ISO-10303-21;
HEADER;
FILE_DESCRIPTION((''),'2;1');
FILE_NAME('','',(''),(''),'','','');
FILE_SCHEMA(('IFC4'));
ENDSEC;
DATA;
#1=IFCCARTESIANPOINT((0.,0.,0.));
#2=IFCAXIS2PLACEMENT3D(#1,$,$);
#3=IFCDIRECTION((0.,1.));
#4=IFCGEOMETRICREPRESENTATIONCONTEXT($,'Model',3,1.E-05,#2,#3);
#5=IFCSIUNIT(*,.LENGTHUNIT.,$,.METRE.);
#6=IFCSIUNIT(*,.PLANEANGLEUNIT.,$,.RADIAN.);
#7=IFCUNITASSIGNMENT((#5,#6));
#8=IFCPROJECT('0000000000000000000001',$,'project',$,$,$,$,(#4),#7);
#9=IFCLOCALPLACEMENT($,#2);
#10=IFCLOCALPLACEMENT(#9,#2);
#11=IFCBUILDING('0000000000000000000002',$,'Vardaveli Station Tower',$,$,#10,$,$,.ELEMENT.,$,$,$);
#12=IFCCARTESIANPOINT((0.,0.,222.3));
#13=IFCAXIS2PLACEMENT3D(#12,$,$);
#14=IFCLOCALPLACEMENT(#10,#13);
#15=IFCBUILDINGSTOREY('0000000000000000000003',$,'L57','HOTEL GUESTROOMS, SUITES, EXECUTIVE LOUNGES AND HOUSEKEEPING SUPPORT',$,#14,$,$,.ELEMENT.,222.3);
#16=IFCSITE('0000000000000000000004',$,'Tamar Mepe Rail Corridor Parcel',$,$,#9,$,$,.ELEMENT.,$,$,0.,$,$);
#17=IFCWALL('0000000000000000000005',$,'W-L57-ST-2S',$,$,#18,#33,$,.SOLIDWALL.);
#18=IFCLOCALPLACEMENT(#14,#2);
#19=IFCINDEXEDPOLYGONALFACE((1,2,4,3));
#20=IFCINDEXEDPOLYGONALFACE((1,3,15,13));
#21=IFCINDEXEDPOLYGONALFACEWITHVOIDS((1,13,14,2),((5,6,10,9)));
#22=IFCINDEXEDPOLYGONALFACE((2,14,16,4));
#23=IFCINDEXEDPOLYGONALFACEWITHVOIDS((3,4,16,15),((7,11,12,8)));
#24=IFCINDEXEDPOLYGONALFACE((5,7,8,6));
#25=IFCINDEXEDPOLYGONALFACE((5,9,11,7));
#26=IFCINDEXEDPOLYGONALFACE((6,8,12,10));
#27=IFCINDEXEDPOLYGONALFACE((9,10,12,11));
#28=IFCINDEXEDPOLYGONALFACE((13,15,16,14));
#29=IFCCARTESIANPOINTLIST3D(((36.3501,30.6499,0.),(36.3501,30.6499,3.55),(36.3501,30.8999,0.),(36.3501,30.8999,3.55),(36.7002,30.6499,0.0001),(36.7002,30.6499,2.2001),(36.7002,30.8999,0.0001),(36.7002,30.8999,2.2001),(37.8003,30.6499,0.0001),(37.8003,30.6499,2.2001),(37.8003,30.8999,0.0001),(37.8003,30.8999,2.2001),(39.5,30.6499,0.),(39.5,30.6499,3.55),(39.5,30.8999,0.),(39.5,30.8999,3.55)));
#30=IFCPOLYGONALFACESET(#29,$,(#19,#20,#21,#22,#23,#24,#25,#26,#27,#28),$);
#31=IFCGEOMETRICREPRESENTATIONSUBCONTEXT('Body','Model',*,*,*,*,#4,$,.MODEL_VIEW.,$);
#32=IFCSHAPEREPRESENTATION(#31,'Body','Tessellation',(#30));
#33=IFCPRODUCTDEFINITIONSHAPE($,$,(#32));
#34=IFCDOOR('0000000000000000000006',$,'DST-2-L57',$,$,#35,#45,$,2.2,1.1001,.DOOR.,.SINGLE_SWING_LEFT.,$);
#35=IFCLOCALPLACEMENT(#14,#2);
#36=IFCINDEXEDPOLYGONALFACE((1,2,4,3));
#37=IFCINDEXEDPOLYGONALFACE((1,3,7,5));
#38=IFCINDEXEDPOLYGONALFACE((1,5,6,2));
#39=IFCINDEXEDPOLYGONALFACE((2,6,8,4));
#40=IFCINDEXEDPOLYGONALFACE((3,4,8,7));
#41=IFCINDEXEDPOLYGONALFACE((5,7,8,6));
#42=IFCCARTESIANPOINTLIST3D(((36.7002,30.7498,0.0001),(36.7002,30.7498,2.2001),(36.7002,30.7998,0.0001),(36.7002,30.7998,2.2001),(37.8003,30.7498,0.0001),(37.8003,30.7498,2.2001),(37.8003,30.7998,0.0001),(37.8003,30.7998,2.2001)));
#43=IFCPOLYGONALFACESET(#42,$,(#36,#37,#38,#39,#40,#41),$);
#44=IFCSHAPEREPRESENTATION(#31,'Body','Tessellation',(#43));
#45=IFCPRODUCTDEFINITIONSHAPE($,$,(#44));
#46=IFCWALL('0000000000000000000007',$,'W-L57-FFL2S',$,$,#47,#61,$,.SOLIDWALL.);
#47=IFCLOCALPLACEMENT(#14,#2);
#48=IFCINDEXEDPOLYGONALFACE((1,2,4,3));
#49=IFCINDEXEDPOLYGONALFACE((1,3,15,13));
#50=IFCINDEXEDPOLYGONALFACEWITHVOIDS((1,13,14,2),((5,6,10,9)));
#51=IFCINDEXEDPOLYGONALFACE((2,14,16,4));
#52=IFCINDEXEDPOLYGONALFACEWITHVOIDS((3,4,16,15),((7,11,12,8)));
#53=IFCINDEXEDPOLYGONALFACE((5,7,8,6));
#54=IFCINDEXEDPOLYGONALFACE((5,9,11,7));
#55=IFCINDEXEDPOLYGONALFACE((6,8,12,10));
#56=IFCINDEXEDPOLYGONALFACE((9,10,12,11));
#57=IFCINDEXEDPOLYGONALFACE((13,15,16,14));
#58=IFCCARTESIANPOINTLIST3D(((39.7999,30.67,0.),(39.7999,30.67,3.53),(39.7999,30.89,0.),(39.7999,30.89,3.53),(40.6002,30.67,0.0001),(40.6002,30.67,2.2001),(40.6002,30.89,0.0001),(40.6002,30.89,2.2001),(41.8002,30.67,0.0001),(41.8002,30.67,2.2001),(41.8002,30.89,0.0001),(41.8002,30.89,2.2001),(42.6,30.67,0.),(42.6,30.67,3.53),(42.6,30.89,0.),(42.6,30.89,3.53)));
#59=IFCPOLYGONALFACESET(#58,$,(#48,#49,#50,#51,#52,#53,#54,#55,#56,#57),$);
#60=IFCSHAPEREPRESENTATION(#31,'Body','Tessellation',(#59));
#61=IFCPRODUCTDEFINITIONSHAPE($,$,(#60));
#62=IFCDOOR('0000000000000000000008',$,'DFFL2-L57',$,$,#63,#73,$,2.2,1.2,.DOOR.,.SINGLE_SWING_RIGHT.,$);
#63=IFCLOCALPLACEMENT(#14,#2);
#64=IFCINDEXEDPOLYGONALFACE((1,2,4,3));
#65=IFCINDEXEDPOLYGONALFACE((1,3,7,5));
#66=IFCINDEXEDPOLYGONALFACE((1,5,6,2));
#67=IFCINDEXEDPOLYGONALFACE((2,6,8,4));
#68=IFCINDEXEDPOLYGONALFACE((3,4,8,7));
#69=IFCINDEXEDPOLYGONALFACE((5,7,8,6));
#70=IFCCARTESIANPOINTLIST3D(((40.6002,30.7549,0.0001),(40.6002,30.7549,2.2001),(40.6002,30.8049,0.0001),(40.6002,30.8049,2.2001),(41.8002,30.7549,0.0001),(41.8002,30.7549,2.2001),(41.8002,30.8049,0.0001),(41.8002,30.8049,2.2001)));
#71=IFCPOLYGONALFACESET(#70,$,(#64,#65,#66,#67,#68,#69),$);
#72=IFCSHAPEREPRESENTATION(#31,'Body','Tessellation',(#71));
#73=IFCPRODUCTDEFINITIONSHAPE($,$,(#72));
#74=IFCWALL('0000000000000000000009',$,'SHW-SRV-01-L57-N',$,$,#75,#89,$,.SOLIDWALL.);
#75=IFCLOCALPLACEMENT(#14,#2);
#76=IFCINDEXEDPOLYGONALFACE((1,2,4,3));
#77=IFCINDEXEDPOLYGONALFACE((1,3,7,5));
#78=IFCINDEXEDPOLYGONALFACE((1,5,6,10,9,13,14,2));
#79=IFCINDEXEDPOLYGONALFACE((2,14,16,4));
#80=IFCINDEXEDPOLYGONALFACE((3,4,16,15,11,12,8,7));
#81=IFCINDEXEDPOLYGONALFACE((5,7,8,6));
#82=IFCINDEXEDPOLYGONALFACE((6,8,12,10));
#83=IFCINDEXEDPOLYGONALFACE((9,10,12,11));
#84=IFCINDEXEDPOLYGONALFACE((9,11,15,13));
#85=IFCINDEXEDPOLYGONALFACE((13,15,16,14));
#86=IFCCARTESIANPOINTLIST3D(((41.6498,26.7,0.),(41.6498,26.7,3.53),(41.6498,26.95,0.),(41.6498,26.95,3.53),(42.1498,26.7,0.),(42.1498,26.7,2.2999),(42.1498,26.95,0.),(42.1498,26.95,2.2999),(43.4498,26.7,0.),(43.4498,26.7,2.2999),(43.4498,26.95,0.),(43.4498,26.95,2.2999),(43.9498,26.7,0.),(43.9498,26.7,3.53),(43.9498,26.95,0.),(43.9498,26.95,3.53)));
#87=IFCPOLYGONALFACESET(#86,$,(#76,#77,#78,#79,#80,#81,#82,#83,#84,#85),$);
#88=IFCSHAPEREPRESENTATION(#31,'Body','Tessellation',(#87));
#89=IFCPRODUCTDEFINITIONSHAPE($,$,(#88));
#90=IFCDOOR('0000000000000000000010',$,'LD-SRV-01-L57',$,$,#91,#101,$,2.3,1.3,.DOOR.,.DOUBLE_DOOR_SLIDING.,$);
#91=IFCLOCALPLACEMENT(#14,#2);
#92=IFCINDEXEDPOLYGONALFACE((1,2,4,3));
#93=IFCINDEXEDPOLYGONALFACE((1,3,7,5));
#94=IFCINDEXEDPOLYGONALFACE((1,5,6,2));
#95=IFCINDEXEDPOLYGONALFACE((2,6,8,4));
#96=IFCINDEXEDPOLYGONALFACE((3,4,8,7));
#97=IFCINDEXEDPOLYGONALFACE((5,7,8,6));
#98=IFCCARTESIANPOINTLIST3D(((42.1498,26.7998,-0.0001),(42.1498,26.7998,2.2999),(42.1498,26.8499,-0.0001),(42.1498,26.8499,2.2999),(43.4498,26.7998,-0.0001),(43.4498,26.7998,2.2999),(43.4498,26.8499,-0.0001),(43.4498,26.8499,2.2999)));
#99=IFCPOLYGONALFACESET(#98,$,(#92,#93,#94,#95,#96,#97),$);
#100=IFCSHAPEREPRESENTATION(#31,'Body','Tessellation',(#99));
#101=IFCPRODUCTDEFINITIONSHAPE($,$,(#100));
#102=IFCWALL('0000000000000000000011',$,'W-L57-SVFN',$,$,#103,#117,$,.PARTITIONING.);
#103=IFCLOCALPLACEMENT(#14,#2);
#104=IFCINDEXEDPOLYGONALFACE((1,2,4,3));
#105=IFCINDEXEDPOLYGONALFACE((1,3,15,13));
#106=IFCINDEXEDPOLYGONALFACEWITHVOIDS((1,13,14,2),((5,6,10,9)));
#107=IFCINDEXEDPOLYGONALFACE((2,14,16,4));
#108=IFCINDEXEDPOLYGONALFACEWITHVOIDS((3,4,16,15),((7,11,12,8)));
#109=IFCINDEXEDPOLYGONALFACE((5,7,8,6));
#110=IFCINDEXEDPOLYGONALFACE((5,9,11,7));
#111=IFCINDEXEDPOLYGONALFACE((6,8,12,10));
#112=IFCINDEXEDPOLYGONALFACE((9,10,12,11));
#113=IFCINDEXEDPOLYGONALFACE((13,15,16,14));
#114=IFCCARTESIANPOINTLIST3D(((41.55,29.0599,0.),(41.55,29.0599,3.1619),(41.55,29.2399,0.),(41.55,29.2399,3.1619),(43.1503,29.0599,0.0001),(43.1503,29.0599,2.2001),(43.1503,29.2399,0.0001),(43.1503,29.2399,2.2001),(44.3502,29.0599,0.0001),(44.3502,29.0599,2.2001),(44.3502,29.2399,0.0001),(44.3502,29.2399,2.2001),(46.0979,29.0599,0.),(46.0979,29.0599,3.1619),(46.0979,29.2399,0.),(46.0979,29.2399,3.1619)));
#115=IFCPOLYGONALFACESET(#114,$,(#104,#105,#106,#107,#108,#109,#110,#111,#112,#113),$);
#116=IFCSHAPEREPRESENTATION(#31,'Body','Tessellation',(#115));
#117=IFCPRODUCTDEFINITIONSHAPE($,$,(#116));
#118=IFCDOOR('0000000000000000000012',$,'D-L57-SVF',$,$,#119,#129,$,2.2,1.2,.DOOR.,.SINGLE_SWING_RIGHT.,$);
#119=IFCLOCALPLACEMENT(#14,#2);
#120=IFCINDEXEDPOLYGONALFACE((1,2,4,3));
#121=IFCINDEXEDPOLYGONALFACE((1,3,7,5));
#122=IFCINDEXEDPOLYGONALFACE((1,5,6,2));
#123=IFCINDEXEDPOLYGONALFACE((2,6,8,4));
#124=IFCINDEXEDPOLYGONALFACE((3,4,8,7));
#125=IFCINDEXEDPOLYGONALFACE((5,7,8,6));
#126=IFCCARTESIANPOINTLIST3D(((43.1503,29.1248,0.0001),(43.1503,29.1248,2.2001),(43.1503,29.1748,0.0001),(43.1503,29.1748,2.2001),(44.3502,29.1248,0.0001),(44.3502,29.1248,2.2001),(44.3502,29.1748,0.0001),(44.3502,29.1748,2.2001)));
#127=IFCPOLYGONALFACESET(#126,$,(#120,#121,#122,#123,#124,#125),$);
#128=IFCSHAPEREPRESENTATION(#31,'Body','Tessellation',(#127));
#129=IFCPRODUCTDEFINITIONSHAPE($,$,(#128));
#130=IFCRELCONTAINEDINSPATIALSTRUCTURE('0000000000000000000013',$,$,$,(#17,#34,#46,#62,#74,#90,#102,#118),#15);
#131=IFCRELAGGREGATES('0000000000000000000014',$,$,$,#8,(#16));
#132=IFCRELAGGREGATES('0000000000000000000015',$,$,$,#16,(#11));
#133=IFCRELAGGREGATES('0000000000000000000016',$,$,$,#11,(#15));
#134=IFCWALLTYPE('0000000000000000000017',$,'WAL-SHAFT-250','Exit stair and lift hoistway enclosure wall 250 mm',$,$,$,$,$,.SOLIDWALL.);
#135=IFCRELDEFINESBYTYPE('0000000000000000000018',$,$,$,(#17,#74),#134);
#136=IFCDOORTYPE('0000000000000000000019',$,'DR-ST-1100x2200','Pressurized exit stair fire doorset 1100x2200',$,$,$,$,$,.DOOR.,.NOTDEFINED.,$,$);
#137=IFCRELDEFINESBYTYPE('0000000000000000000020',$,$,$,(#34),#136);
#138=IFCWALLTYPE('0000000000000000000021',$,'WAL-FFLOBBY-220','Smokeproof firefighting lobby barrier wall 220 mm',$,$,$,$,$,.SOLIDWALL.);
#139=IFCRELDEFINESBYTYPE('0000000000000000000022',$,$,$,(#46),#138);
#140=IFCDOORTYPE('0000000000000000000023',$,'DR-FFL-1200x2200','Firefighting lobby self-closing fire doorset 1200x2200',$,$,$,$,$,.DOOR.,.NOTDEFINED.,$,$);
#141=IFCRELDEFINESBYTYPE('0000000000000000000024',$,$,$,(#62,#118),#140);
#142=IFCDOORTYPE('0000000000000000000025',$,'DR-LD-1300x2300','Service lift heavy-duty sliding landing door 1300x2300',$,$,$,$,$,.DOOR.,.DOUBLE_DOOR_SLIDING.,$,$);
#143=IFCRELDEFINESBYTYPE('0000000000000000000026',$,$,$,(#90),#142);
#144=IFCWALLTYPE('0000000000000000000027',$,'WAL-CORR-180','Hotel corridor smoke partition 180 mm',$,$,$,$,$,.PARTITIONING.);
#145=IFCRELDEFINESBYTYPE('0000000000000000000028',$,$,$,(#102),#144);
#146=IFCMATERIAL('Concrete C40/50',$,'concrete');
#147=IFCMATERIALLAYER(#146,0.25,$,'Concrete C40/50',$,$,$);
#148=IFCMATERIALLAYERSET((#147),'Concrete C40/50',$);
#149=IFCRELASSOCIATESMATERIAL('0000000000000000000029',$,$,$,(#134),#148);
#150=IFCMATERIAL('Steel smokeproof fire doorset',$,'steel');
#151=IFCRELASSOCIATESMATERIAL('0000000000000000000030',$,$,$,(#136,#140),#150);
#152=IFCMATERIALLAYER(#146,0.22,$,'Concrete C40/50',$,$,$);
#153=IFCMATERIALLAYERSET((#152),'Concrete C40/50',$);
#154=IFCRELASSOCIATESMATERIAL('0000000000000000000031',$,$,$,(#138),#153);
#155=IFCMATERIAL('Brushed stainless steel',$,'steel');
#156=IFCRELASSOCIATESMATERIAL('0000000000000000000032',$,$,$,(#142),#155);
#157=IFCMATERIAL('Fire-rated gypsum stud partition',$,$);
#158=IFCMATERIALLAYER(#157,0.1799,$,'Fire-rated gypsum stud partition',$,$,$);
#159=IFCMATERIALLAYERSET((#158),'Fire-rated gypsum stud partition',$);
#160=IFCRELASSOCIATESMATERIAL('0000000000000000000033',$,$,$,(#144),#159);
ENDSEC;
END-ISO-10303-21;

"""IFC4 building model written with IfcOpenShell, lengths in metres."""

from ifc_helpers import new_model, si_unit, direction, frame, frame_2d, origin, place, context, subcontext, project, spatial, rectangle, extrude, source, transform, mapped, material, layer, layer_set, type_object, element, fill, save


model = new_model("IFC4")

# Units and contexts
model_context = context("Model", 3, precision=1e-05, world=origin(), true_north=direction((0.0, 1.0)))
body_context = subcontext(model_context, "Body", "Model", "MODEL_VIEW")
ifc_project = project(units=[si_unit("LENGTHUNIT", "METRE"), si_unit("PLANEANGLEUNIT", "RADIAN")], contexts=[model_context])

# Site, building, storey
site_placement = place(None, origin())
site = spatial("IfcSite", under=ifc_project, at=site_placement, Name="Tamar Mepe Rail Corridor Parcel", CompositionType="ELEMENT", RefElevation=0.0)
building_placement = place(site_placement, origin())
building = spatial("IfcBuilding", under=site, at=building_placement, Name="Vardaveli Station Tower", CompositionType="ELEMENT")
storey_placement = place(building_placement, frame((0.0, 0.0, 222.3)))
storey = spatial("IfcBuildingStorey", under=building, at=storey_placement, Name="L57", Description="HOTEL GUESTROOMS, SUITES, EXECUTIVE LOUNGES AND HOUSEKEEPING SUPPORT", CompositionType="ELEMENT", Elevation=222.3)

# Shared definitions
ifc_material_1 = material(Name="Concrete C40/50", Category="concrete")
ifc_layer_1 = layer(ifc_material_1, 0.25, Name="Concrete C40/50")
ifc_layer_set_1 = layer_set([ifc_layer_1], Name="Concrete C40/50")
wall_type_1 = type_object("IfcWallType", Name="WAL-SHAFT-250", Description="Exit stair and lift hoistway enclosure wall 250 mm", PredefinedType="SOLIDWALL", material=ifc_layer_set_1)

# Walls, openings, doors
shared_shape_1 = source(origin(), body_context, "Body", "SweptSolid", [
    extrude(rectangle(XDim=3.1499, YDim=0.25, at=frame_2d((1.575, 0.0))), origin(), (0.0, 0.0, 1.0), 3.55),
])
wall_1_placement = place(storey_placement, frame((36.3501, 30.7749, 0.0), z_axis=(0.0, 0.0, 1.0), x_axis=(1.0, 0.0, 0.0)))
wall_1 = element("IfcWall", 1, at=wall_1_placement, inside=storey, type_object=wall_type_1, Name="W-L57-ST-2S", PredefinedType="SOLIDWALL", context=body_context, shape_type="MappedRepresentation", body=[
    mapped(shared_shape_1, transform((0.0, 0.0, 0.0), scale=1.0)),
])
shared_shape_2 = source(origin(), body_context, "Body", "SweptSolid", [
    extrude(rectangle(XDim=1.1001, YDim=2.2, at=frame_2d((0.55, 1.1001))), frame((0.0, 0.135, 0.0), z_axis=(0.0, -1.0, 0.0), x_axis=(1.0, 0.0, 0.0)), (0.0, 0.0, 1.0), 0.27),
])
opening_1_placement = place(wall_1_placement, frame((0.3501, 0.0, 0.0)))
opening_1 = element("IfcOpeningElement", 2, at=opening_1_placement, cuts=wall_1, PredefinedType="OPENING", context=body_context, shape_type="MappedRepresentation", body=[
    mapped(shared_shape_2, transform((0.0, 0.0, 0.0), scale=1.0)),
])
ifc_material_2 = material(Name="Steel smokeproof fire doorset", Category="steel")
door_type_1 = type_object("IfcDoorType", Name="DR-ST-1100x2200", Description="Pressurized exit stair fire doorset 1100x2200", OperationType="NOTDEFINED", PredefinedType="DOOR", material=ifc_material_2)
shared_shape_3 = source(origin(), body_context, "Body", "SweptSolid", [
    extrude(rectangle(XDim=1.1001, YDim=2.2, at=frame_2d((0.55, 1.1001))), frame((0.0, 0.0249, 0.0), z_axis=(0.0, -1.0, 0.0), x_axis=(1.0, 0.0, 0.0)), (0.0, 0.0, 1.0), 0.05),
])
door_1_placement = place(opening_1_placement, origin())
door_1 = element("IfcDoor", 3, at=door_1_placement, inside=storey, type_object=door_type_1, Name="DST-2-L57", OperationType="SINGLE_SWING_LEFT", OverallHeight=2.2, OverallWidth=1.1001, PredefinedType="DOOR", context=body_context, shape_type="MappedRepresentation", body=[
    mapped(shared_shape_3, transform((0.0, 0.0, 0.0), scale=1.0)),
])
fill(opening_1, door_1)
ifc_layer_2 = layer(ifc_material_1, 0.22, Name="Concrete C40/50")
ifc_layer_set_2 = layer_set([ifc_layer_2], Name="Concrete C40/50")
wall_type_2 = type_object("IfcWallType", Name="WAL-FFLOBBY-220", Description="Smokeproof firefighting lobby barrier wall 220 mm", PredefinedType="SOLIDWALL", material=ifc_layer_set_2)
shared_shape_4 = source(origin(), body_context, "Body", "SweptSolid", [
    extrude(rectangle(XDim=2.8, YDim=0.22, at=frame_2d((1.3999, 0.0))), origin(), (0.0, 0.0, 1.0), 3.53),
])
wall_2_placement = place(storey_placement, frame((39.8, 30.78, 0.0), z_axis=(0.0, 0.0, 1.0), x_axis=(1.0, 0.0, 0.0)))
wall_2 = element("IfcWall", 4, at=wall_2_placement, inside=storey, type_object=wall_type_2, Name="W-L57-FFL2S", PredefinedType="SOLIDWALL", context=body_context, shape_type="MappedRepresentation", body=[
    mapped(shared_shape_4, transform((0.0, 0.0, 0.0), scale=1.0)),
])
shared_shape_5 = source(origin(), body_context, "Body", "SweptSolid", [
    extrude(rectangle(XDim=1.2, YDim=2.2, at=frame_2d((0.6001, 1.1001))), frame((0.0, 0.1201, 0.0), z_axis=(0.0, -1.0, 0.0), x_axis=(1.0, 0.0, 0.0)), (0.0, 0.0, 1.0), 0.24),
])
opening_2_placement = place(wall_2_placement, frame((0.8, 0.0, 0.0)))
opening_2 = element("IfcOpeningElement", 5, at=opening_2_placement, cuts=wall_2, PredefinedType="OPENING", context=body_context, shape_type="MappedRepresentation", body=[
    mapped(shared_shape_5, transform((0.0, 0.0, 0.0), scale=1.0)),
])
door_type_2 = type_object("IfcDoorType", Name="DR-FFL-1200x2200", Description="Firefighting lobby self-closing fire doorset 1200x2200", OperationType="NOTDEFINED", PredefinedType="DOOR", material=ifc_material_2)
shared_shape_6 = source(origin(), body_context, "Body", "SweptSolid", [
    extrude(rectangle(XDim=1.2, YDim=2.2, at=frame_2d((0.6001, 1.1001))), frame((0.0, 0.0249, 0.0), z_axis=(0.0, -1.0, 0.0), x_axis=(1.0, 0.0, 0.0)), (0.0, 0.0, 1.0), 0.05),
])
door_2_placement = place(opening_2_placement, origin())
door_2 = element("IfcDoor", 6, at=door_2_placement, inside=storey, type_object=door_type_2, Name="DFFL2-L57", OperationType="SINGLE_SWING_RIGHT", OverallHeight=2.2, OverallWidth=1.2, PredefinedType="DOOR", context=body_context, shape_type="MappedRepresentation", body=[
    mapped(shared_shape_6, transform((0.0, 0.0, 0.0), scale=1.0)),
])
fill(opening_2, door_2)
shared_shape_7 = source(origin(), body_context, "Body", "SweptSolid", [
    extrude(rectangle(XDim=2.3, YDim=0.25, at=frame_2d((1.1499, 0.0))), origin(), (0.0, 0.0, 1.0), 3.53),
])
wall_3_placement = place(storey_placement, frame((41.6499, 26.825, 0.0), z_axis=(0.0, 0.0, 1.0), x_axis=(1.0, 0.0, 0.0)))
wall_3 = element("IfcWall", 7, at=wall_3_placement, inside=storey, type_object=wall_type_1, Name="SHW-SRV-01-L57-N", PredefinedType="SOLIDWALL", context=body_context, shape_type="MappedRepresentation", body=[
    mapped(shared_shape_7, transform((0.0, 0.0, 0.0), scale=1.0)),
])
shared_shape_8 = source(origin(), body_context, "Body", "SweptSolid", [
    extrude(rectangle(XDim=1.3, YDim=2.3, at=frame_2d((0.6499, 1.1499))), frame((0.0, 0.135, 0.0), z_axis=(0.0, -1.0, 0.0), x_axis=(1.0, 0.0, 0.0)), (0.0, 0.0, 1.0), 0.27),
])
opening_3_placement = place(wall_3_placement, frame((0.5, 0.0, 0.0)))
opening_3 = element("IfcOpeningElement", 8, at=opening_3_placement, cuts=wall_3, PredefinedType="OPENING", context=body_context, shape_type="MappedRepresentation", body=[
    mapped(shared_shape_8, transform((0.0, 0.0, 0.0), scale=1.0)),
])
ifc_material_3 = material(Name="Brushed stainless steel", Category="steel")
door_type_3 = type_object("IfcDoorType", Name="DR-LD-1300x2300", Description="Service lift heavy-duty sliding landing door 1300x2300", OperationType="DOUBLE_DOOR_SLIDING", PredefinedType="DOOR", material=ifc_material_3)
shared_shape_9 = source(origin(), body_context, "Body", "SweptSolid", [
    extrude(rectangle(XDim=1.3, YDim=2.3, at=frame_2d((0.6499, 1.1499))), frame((0.0, 0.0249, 0.0), z_axis=(0.0, -1.0, 0.0), x_axis=(1.0, 0.0, 0.0)), (0.0, 0.0, 1.0), 0.05),
])
door_3_placement = place(opening_3_placement, origin())
door_3 = element("IfcDoor", 9, at=door_3_placement, inside=storey, type_object=door_type_3, Name="LD-SRV-01-L57", OperationType="DOUBLE_DOOR_SLIDING", OverallHeight=2.3, OverallWidth=1.3, PredefinedType="DOOR", context=body_context, shape_type="MappedRepresentation", body=[
    mapped(shared_shape_9, transform((0.0, 0.0, 0.0), scale=1.0)),
])
fill(opening_3, door_3)
ifc_material_4 = material(Name="Fire-rated gypsum stud partition")
ifc_layer_3 = layer(ifc_material_4, 0.1799, Name="Fire-rated gypsum stud partition")
ifc_layer_set_3 = layer_set([ifc_layer_3], Name="Fire-rated gypsum stud partition")
wall_type_3 = type_object("IfcWallType", Name="WAL-CORR-180", Description="Hotel corridor smoke partition 180 mm", PredefinedType="PARTITIONING", material=ifc_layer_set_3)
shared_shape_10 = source(origin(), body_context, "Body", "SweptSolid", [
    extrude(rectangle(XDim=4.5479, YDim=0.1799, at=frame_2d((2.2739, 0.0))), origin(), (0.0, 0.0, 1.0), 3.1619),
])
wall_4_placement = place(storey_placement, frame((41.55, 29.1499, 0.0), z_axis=(0.0, 0.0, 1.0), x_axis=(1.0, 0.0, 0.0)))
wall_4 = element("IfcWall", 10, at=wall_4_placement, inside=storey, type_object=wall_type_3, Name="W-L57-SVFN", PredefinedType="PARTITIONING", context=body_context, shape_type="MappedRepresentation", body=[
    mapped(shared_shape_10, transform((0.0, 0.0, 0.0), scale=1.0)),
])
shared_shape_11 = source(origin(), body_context, "Body", "SweptSolid", [
    extrude(rectangle(XDim=1.2, YDim=2.2, at=frame_2d((0.6001, 1.1001))), frame((0.0, 0.1001, 0.0), z_axis=(0.0, -1.0, 0.0), x_axis=(1.0, 0.0, 0.0)), (0.0, 0.0, 1.0), 0.2),
])
opening_4_placement = place(wall_4_placement, frame((1.6001, 0.0, 0.0)))
opening_4 = element("IfcOpeningElement", 11, at=opening_4_placement, cuts=wall_4, PredefinedType="OPENING", context=body_context, shape_type="MappedRepresentation", body=[
    mapped(shared_shape_11, transform((0.0, 0.0, 0.0), scale=1.0)),
])
door_4_placement = place(opening_4_placement, origin())
door_4 = element("IfcDoor", 12, at=door_4_placement, inside=storey, type_object=door_type_2, Name="D-L57-SVF", OperationType="SINGLE_SWING_RIGHT", OverallHeight=2.2, OverallWidth=1.2, PredefinedType="DOOR", context=body_context, shape_type="MappedRepresentation", body=[
    mapped(shared_shape_6, transform((0.0, 0.0, 0.0), scale=1.0)),
])
fill(opening_4, door_4)

save(model, "model.ifc")
